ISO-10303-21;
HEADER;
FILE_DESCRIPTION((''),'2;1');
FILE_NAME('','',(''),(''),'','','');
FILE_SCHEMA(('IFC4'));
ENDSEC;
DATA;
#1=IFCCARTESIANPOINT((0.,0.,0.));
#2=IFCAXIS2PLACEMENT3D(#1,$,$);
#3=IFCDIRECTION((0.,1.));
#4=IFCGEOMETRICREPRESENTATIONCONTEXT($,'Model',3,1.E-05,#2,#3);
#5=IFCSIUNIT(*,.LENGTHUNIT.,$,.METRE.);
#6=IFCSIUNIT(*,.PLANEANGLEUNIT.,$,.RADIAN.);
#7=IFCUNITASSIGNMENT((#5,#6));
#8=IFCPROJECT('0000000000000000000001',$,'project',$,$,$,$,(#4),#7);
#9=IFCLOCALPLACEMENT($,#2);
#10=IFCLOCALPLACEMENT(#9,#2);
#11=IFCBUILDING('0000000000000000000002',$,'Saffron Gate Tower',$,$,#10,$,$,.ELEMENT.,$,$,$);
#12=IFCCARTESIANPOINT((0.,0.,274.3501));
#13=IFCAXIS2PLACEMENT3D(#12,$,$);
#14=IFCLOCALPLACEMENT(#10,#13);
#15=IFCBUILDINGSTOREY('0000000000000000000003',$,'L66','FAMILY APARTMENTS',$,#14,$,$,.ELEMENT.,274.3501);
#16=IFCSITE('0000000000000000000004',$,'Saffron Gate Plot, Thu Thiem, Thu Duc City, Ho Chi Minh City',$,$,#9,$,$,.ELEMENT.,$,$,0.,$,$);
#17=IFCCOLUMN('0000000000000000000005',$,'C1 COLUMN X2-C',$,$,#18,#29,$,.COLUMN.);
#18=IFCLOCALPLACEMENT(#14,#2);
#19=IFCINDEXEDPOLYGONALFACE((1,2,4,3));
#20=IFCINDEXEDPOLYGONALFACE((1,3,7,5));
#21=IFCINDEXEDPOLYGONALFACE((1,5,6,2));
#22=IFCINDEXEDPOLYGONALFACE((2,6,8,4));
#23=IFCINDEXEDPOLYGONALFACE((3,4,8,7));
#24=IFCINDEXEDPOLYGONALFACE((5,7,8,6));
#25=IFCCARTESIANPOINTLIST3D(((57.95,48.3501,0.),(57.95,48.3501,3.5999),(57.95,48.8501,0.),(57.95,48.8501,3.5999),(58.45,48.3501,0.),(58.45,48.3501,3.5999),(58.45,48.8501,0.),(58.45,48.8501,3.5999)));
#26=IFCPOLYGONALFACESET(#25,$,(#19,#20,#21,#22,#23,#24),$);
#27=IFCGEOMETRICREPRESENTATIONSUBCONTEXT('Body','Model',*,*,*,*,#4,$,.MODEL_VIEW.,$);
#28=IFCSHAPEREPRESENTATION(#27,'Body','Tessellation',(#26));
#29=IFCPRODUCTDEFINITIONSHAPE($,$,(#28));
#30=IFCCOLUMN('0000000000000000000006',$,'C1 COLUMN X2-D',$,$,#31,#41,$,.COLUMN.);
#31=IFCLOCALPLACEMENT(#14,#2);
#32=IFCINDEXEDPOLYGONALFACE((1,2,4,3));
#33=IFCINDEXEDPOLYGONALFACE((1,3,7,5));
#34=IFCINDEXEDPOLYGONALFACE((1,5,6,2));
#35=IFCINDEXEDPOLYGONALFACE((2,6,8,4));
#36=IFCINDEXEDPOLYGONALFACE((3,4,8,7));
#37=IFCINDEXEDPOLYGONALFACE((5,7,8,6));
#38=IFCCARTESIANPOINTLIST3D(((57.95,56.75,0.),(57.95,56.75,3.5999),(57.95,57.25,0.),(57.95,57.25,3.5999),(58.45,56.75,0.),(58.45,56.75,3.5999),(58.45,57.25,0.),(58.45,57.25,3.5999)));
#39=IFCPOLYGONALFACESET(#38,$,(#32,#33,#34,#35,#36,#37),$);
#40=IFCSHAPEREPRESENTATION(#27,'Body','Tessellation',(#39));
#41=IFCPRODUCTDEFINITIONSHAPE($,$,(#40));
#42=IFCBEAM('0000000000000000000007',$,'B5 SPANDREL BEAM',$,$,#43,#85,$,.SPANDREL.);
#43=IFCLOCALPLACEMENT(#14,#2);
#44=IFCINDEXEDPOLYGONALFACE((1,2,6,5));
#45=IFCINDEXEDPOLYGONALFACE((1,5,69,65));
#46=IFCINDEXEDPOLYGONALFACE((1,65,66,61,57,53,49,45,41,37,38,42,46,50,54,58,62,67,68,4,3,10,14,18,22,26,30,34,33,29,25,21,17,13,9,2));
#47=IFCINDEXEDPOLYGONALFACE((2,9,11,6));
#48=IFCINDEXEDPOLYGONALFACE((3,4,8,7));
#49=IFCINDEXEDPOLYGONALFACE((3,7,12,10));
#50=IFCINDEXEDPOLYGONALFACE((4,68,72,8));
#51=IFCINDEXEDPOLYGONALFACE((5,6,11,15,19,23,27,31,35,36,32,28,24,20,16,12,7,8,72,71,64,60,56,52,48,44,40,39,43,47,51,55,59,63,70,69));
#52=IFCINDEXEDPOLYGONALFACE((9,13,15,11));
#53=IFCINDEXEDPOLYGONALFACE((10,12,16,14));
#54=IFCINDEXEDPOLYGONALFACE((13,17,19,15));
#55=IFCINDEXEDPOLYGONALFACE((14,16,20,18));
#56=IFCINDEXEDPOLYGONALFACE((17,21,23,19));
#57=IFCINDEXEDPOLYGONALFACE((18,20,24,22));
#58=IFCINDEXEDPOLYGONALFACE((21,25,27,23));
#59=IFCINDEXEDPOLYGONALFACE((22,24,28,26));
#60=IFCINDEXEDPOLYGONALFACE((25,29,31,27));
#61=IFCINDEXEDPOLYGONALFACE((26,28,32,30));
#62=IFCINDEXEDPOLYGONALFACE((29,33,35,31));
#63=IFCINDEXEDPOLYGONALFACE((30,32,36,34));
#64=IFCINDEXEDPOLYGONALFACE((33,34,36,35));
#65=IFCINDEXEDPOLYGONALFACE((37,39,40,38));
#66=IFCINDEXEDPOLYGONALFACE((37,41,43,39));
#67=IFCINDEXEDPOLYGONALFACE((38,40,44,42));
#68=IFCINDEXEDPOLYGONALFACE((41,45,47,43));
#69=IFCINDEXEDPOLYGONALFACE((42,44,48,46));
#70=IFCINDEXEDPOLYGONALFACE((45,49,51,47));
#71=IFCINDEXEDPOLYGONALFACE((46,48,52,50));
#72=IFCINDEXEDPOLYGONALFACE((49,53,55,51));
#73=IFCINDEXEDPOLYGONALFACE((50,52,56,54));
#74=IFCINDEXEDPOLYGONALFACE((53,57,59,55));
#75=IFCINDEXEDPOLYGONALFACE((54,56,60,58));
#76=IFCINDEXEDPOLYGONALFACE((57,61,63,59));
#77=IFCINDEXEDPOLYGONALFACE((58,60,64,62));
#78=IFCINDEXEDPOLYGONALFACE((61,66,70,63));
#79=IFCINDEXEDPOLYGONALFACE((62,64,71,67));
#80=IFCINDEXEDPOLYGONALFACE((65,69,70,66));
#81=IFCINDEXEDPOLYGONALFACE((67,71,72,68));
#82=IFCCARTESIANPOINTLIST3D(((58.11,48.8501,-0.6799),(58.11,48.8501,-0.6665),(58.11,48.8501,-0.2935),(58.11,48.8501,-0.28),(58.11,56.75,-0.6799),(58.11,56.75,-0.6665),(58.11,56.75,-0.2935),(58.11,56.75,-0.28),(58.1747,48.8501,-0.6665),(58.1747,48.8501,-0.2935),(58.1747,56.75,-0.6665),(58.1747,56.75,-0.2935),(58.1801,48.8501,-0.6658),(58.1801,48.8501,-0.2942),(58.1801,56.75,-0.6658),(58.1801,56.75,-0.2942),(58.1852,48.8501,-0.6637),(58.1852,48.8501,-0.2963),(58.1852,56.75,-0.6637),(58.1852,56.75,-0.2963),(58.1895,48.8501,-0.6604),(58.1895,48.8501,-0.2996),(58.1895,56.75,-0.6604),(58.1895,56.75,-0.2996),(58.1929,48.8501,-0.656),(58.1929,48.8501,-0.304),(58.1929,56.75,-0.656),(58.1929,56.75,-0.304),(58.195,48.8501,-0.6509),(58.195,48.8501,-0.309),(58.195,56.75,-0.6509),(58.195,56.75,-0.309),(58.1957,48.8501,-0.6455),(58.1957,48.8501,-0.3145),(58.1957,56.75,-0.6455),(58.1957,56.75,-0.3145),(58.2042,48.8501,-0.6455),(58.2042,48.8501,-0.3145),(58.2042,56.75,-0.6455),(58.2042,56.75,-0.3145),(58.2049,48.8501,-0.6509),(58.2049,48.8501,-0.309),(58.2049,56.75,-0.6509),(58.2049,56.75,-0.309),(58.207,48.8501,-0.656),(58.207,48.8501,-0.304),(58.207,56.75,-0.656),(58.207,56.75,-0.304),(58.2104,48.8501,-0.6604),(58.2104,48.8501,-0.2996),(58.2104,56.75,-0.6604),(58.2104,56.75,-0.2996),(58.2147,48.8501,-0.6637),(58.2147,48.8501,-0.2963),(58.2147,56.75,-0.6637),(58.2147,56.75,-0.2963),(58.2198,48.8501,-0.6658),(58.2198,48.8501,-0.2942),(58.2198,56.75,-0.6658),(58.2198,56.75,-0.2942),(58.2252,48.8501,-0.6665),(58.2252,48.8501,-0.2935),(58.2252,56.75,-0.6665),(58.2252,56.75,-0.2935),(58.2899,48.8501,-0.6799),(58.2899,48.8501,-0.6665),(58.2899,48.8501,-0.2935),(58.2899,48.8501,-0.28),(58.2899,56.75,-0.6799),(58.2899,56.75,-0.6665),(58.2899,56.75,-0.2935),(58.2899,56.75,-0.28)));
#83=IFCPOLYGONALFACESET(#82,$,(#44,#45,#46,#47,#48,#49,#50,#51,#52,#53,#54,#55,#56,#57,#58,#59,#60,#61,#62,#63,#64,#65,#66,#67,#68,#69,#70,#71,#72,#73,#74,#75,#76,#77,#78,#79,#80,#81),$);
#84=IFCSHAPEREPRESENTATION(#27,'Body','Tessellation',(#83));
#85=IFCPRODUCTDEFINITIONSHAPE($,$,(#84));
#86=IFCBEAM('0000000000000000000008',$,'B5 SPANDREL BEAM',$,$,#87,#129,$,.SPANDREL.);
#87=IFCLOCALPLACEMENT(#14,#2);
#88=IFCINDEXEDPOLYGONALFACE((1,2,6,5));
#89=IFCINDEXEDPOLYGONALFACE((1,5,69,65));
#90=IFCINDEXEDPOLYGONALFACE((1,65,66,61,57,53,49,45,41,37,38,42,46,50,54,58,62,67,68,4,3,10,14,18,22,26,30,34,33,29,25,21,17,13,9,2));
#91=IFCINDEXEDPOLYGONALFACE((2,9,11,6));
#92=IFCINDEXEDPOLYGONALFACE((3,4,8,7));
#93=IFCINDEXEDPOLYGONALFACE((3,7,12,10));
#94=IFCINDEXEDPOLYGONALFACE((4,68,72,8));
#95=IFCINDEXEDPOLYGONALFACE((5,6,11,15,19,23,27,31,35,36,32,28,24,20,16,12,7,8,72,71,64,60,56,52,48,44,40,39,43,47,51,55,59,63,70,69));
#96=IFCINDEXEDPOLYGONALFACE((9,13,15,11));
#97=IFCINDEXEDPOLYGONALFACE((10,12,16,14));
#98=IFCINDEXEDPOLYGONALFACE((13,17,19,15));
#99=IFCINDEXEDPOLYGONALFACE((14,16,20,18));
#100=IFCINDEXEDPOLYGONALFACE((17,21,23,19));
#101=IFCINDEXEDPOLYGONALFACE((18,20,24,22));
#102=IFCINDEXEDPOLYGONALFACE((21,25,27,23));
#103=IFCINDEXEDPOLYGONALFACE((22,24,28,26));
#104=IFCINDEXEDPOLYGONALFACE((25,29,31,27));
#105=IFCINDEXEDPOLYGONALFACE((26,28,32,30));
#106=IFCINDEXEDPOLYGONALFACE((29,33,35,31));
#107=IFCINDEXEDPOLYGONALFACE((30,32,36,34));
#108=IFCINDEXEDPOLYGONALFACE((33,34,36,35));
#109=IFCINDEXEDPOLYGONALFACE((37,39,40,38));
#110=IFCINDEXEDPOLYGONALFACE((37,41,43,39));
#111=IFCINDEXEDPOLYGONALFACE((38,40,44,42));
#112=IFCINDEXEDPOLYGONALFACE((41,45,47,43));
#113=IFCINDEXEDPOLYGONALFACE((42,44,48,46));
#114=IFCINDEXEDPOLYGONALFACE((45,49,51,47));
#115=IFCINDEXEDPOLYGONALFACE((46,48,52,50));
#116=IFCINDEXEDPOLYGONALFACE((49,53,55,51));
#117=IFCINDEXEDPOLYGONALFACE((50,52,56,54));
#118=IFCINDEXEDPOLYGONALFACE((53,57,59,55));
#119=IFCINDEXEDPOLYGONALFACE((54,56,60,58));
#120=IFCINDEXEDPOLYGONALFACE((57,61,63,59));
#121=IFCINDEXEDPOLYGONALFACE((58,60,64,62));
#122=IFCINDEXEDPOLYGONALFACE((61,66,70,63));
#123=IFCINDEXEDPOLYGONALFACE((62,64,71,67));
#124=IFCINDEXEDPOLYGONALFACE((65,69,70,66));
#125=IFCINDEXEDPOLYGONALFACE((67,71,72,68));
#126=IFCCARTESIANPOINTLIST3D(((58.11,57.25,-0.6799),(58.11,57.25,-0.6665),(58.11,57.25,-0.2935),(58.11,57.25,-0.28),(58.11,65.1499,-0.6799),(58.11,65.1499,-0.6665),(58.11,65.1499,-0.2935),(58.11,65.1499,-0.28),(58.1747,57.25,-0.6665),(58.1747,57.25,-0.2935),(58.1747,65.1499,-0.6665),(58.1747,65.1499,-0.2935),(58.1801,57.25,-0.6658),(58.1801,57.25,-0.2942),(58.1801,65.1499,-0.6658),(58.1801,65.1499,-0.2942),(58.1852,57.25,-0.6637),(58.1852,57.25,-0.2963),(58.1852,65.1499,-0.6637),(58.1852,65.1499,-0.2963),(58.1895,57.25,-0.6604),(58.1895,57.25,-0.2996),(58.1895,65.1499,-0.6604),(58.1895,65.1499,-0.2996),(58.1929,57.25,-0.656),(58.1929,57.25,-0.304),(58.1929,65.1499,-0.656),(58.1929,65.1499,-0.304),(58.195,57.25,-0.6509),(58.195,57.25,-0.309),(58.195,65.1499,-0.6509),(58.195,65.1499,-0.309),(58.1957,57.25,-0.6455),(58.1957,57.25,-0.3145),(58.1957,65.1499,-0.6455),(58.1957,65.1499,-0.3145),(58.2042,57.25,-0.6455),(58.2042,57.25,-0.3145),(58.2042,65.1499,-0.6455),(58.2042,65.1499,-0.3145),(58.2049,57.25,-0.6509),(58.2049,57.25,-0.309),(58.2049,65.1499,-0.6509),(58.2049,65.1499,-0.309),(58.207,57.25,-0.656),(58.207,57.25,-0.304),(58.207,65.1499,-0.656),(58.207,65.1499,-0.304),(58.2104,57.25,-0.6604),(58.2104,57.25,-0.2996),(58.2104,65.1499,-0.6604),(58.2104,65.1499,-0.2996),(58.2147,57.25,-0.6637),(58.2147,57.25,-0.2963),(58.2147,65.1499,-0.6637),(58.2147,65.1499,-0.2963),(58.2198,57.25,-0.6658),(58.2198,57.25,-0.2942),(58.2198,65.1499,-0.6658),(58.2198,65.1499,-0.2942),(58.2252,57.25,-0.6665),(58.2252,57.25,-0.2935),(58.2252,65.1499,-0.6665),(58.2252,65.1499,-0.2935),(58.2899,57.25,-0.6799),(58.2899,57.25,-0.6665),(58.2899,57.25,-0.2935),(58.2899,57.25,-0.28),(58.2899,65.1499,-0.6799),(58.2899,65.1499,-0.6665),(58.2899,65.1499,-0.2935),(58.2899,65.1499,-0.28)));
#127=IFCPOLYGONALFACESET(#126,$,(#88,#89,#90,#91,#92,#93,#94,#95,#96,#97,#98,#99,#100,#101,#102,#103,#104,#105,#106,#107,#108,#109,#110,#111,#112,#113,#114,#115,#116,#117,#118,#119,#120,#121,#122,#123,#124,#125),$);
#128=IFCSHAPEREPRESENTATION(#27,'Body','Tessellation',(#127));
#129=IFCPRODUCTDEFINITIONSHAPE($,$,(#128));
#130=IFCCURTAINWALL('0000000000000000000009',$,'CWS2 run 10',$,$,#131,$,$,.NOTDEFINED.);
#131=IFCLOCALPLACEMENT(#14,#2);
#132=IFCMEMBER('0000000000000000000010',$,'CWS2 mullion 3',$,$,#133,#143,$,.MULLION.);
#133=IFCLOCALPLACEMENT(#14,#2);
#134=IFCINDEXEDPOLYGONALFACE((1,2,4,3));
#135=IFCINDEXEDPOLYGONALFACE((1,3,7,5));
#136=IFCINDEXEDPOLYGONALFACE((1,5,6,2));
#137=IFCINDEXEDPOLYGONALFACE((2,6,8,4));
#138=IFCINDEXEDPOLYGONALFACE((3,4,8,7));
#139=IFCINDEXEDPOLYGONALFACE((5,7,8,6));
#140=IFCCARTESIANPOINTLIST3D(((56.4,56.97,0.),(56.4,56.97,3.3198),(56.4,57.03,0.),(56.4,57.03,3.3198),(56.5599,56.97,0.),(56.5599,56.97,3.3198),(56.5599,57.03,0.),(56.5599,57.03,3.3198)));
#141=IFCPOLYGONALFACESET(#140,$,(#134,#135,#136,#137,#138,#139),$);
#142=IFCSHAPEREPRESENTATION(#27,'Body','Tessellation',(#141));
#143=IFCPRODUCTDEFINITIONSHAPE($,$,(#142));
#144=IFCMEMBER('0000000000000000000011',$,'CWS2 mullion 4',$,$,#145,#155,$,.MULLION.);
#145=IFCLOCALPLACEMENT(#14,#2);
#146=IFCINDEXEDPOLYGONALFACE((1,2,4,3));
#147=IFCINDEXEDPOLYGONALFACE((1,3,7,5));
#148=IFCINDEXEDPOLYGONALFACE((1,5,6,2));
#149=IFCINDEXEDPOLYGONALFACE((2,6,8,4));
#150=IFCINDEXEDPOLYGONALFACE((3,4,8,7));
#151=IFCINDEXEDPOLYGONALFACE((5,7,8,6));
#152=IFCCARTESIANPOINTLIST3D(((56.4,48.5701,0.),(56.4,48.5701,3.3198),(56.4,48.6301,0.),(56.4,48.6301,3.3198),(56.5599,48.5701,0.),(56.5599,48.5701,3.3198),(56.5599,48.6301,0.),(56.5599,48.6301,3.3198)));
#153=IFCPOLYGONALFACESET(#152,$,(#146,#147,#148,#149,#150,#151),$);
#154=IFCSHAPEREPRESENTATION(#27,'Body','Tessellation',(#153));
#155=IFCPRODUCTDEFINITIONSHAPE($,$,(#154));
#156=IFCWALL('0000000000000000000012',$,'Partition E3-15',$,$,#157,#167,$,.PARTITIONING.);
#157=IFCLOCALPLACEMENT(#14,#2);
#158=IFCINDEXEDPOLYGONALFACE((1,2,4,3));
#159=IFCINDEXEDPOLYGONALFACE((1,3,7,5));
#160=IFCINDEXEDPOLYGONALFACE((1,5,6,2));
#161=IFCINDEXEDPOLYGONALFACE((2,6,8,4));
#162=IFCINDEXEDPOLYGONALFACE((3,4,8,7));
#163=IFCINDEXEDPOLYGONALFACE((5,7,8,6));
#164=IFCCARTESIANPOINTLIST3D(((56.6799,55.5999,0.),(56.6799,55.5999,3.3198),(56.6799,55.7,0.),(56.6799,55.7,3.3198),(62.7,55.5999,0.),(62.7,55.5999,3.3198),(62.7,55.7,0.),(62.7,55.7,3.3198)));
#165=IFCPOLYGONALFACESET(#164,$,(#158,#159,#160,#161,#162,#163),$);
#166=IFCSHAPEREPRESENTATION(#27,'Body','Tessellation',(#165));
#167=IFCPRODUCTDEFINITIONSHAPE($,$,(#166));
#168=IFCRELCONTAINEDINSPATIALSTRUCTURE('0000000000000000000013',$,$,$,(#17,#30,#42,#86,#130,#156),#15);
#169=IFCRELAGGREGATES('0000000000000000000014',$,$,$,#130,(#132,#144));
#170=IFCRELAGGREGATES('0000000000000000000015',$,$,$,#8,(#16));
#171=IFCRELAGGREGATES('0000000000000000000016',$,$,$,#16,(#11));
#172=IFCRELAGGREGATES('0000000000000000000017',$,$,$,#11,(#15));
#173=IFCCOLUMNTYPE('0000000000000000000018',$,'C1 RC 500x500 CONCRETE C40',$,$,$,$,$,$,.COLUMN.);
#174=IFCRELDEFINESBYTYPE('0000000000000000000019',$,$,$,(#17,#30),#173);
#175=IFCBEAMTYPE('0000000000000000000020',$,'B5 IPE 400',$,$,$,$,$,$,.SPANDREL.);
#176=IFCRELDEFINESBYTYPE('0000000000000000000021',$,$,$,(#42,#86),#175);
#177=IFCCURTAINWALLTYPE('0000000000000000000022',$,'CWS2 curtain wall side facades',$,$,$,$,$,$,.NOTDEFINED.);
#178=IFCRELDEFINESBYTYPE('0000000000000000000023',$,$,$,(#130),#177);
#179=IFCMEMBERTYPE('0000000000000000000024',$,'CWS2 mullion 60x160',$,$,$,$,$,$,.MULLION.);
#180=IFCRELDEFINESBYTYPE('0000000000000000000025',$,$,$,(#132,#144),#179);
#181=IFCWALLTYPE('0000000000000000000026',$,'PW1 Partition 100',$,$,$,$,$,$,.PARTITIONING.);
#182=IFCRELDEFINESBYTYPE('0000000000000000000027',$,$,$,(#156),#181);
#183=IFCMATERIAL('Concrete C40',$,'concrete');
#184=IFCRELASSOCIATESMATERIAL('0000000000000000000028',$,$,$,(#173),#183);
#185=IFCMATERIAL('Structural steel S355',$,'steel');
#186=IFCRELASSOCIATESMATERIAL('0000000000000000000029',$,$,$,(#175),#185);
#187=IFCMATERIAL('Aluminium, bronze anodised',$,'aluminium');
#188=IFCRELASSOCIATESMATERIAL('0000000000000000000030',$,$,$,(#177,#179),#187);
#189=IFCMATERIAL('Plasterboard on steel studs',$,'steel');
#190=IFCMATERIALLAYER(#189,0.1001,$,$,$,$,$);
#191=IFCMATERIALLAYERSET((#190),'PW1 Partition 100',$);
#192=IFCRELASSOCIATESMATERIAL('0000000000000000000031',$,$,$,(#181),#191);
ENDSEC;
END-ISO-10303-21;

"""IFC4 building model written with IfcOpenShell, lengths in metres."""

from ifc_helpers import new_model, si_unit, direction, frame, frame_2d, origin, origin_2d, place, context, subcontext, project, spatial, rectangle, i_section, extrude, material, layer, layer_set, material_profile, profile_set, type_object, element, aggregate, save


model = new_model("IFC4")

# Units and contexts
model_context = context("Model", 3, precision=1e-05, world=origin(), true_north=direction((0.0, 1.0)))
body_context = subcontext(model_context, "Body", "Model", "MODEL_VIEW")
ifc_project = project(units=[si_unit("LENGTHUNIT", "METRE"), si_unit("PLANEANGLEUNIT", "RADIAN")], contexts=[model_context])

# Site, building, storey
site_placement = place(None, origin())
site = spatial("IfcSite", under=ifc_project, at=site_placement, Name="Saffron Gate Plot, Thu Thiem, Thu Duc City, Ho Chi Minh City", CompositionType="ELEMENT", RefElevation=0.0)
building_placement = place(site_placement, origin())
building = spatial("IfcBuilding", under=site, at=building_placement, Name="Saffron Gate Tower", CompositionType="ELEMENT")
storey_placement = place(building_placement, frame((0.0, 0.0, 274.3501)))
storey = spatial("IfcBuildingStorey", under=building, at=storey_placement, Name="L66", Description="FAMILY APARTMENTS", CompositionType="ELEMENT", Elevation=274.3501)

# Columns
ifc_material_1 = material(Name="Concrete C40", Category="concrete")
ifc_material_profile_1 = material_profile(ifc_material_1, rectangle(XDim=0.5, YDim=0.5, at=origin_2d()))
ifc_profile_set_1 = profile_set([ifc_material_profile_1], Name="Concrete C40")
column_type = type_object("IfcColumnType", Name="C1 RC 500x500 CONCRETE C40", PredefinedType="COLUMN", material=ifc_profile_set_1)
for number, where, z_axis, x_axis, name in (
    (1, (58.2, 48.6001, 0.0), (0.0, 0.0, 1.0), (1.0, 0.0, 0.0), "C1 COLUMN X2-C"),
    (2, (58.2, 57.0, 0.0), (0.0, 0.0, 1.0), (1.0, 0.0, 0.0), "C1 COLUMN X2-D"),
):
    element("IfcColumn", number, at=place(storey_placement, frame(where, z_axis=z_axis, x_axis=x_axis)), inside=storey, type_object=column_type, Name=name, PredefinedType="COLUMN", context=body_context, shape_type="SweptSolid", body=[
        extrude(rectangle(XDim=0.5, YDim=0.5, at=origin_2d()), origin(), (0.0, 0.0, 1.0), 3.5999),
    ])

# Beams
ifc_material_2 = material(Name="Structural steel S355", Category="steel")
ifc_material_profile_2 = material_profile(ifc_material_2, i_section(OverallWidth=0.1799, OverallDepth=0.3999, WebThickness=0.0085, FlangeThickness=0.0134, FilletRadius=0.021, at=origin_2d()))
ifc_profile_set_2 = profile_set([ifc_material_profile_2], Name="Structural steel S355")
beam_type = type_object("IfcBeamType", Name="B5 IPE 400", PredefinedType="SPANDREL", material=ifc_profile_set_2)
for number, where, z_axis, x_axis, name in (
    (3, (58.2, 48.8501, -0.48), (0.0, 1.0, 0.0), (-1.0, 0.0, 0.0), "B5 SPANDREL BEAM"),
    (4, (58.2, 57.25, -0.48), (0.0, 1.0, 0.0), (-1.0, 0.0, 0.0), "B5 SPANDREL BEAM"),
):
    element("IfcBeam", number, at=place(storey_placement, frame(where, z_axis=z_axis, x_axis=x_axis)), inside=storey, type_object=beam_type, Name=name, PredefinedType="SPANDREL", context=body_context, shape_type="SweptSolid", body=[
        extrude(i_section(OverallWidth=0.1799, OverallDepth=0.3999, WebThickness=0.0085, FlangeThickness=0.0134, FilletRadius=0.021, at=origin_2d()), origin(), (0.0, 0.0, 1.0), 7.8999),
    ])

# Curtain wall, members
ifc_material_3 = material(Name="Aluminium, bronze anodised", Category="aluminium")
curtain_wall_type = type_object("IfcCurtainWallType", Name="CWS2 curtain wall side facades", PredefinedType="NOTDEFINED", material=ifc_material_3)
curtain_wall_placement = place(storey_placement, origin())
curtain_wall = element("IfcCurtainWall", 5, at=curtain_wall_placement, inside=storey, type_object=curtain_wall_type, Name="CWS2 run 10", PredefinedType="NOTDEFINED")
ifc_material_profile_3 = material_profile(ifc_material_3, rectangle(XDim=0.1599, YDim=0.0601, at=origin_2d()))
ifc_profile_set_3 = profile_set([ifc_material_profile_3], Name="Aluminium, bronze anodised")
member_type = type_object("IfcMemberType", Name="CWS2 mullion 60x160", PredefinedType="MULLION", material=ifc_profile_set_3)
member_1_placement = place(storey_placement, frame((56.48, 57.0, 0.0), z_axis=(0.0, 0.0, 1.0), x_axis=(1.0, 0.0, 0.0)))
member_1 = element("IfcMember", 6, at=member_1_placement, type_object=member_type, Name="CWS2 mullion 3", PredefinedType="MULLION", context=body_context, shape_type="SweptSolid", body=[
    extrude(rectangle(XDim=0.1599, YDim=0.0601, at=origin_2d()), origin(), (0.0, 0.0, 1.0), 3.3198),
])
member_2_placement = place(storey_placement, frame((56.48, 48.6001, 0.0), z_axis=(0.0, 0.0, 1.0), x_axis=(1.0, 0.0, 0.0)))
member_2 = element("IfcMember", 7, at=member_2_placement, type_object=member_type, Name="CWS2 mullion 4", PredefinedType="MULLION", context=body_context, shape_type="SweptSolid", body=[
    extrude(rectangle(XDim=0.1599, YDim=0.0601, at=origin_2d()), origin(), (0.0, 0.0, 1.0), 3.3198),
])
aggregate(curtain_wall, [member_1, member_2])

# Wall
ifc_material_4 = material(Name="Plasterboard on steel studs", Category="steel")
ifc_layer_1 = layer(ifc_material_4, 0.1001)
ifc_layer_set_1 = layer_set([ifc_layer_1], Name="PW1 Partition 100")
wall_type_1 = type_object("IfcWallType", Name="PW1 Partition 100", PredefinedType="PARTITIONING", material=ifc_layer_set_1)
wall_1_placement = place(storey_placement, frame((56.6799, 55.6499, 0.0), z_axis=(0.0, 0.0, 1.0), x_axis=(1.0, 0.0, 0.0)))
element("IfcWall", 8, at=wall_1_placement, inside=storey, type_object=wall_type_1, Name="Partition E3-15", PredefinedType="PARTITIONING", context=body_context, shape_type="SweptSolid", body=[
    extrude(rectangle(XDim=6.02, YDim=0.1001, at=frame_2d((3.01, 0.0))), origin(), (0.0, 0.0, 1.0), 3.3198),
])

save(model, "model.ifc")
